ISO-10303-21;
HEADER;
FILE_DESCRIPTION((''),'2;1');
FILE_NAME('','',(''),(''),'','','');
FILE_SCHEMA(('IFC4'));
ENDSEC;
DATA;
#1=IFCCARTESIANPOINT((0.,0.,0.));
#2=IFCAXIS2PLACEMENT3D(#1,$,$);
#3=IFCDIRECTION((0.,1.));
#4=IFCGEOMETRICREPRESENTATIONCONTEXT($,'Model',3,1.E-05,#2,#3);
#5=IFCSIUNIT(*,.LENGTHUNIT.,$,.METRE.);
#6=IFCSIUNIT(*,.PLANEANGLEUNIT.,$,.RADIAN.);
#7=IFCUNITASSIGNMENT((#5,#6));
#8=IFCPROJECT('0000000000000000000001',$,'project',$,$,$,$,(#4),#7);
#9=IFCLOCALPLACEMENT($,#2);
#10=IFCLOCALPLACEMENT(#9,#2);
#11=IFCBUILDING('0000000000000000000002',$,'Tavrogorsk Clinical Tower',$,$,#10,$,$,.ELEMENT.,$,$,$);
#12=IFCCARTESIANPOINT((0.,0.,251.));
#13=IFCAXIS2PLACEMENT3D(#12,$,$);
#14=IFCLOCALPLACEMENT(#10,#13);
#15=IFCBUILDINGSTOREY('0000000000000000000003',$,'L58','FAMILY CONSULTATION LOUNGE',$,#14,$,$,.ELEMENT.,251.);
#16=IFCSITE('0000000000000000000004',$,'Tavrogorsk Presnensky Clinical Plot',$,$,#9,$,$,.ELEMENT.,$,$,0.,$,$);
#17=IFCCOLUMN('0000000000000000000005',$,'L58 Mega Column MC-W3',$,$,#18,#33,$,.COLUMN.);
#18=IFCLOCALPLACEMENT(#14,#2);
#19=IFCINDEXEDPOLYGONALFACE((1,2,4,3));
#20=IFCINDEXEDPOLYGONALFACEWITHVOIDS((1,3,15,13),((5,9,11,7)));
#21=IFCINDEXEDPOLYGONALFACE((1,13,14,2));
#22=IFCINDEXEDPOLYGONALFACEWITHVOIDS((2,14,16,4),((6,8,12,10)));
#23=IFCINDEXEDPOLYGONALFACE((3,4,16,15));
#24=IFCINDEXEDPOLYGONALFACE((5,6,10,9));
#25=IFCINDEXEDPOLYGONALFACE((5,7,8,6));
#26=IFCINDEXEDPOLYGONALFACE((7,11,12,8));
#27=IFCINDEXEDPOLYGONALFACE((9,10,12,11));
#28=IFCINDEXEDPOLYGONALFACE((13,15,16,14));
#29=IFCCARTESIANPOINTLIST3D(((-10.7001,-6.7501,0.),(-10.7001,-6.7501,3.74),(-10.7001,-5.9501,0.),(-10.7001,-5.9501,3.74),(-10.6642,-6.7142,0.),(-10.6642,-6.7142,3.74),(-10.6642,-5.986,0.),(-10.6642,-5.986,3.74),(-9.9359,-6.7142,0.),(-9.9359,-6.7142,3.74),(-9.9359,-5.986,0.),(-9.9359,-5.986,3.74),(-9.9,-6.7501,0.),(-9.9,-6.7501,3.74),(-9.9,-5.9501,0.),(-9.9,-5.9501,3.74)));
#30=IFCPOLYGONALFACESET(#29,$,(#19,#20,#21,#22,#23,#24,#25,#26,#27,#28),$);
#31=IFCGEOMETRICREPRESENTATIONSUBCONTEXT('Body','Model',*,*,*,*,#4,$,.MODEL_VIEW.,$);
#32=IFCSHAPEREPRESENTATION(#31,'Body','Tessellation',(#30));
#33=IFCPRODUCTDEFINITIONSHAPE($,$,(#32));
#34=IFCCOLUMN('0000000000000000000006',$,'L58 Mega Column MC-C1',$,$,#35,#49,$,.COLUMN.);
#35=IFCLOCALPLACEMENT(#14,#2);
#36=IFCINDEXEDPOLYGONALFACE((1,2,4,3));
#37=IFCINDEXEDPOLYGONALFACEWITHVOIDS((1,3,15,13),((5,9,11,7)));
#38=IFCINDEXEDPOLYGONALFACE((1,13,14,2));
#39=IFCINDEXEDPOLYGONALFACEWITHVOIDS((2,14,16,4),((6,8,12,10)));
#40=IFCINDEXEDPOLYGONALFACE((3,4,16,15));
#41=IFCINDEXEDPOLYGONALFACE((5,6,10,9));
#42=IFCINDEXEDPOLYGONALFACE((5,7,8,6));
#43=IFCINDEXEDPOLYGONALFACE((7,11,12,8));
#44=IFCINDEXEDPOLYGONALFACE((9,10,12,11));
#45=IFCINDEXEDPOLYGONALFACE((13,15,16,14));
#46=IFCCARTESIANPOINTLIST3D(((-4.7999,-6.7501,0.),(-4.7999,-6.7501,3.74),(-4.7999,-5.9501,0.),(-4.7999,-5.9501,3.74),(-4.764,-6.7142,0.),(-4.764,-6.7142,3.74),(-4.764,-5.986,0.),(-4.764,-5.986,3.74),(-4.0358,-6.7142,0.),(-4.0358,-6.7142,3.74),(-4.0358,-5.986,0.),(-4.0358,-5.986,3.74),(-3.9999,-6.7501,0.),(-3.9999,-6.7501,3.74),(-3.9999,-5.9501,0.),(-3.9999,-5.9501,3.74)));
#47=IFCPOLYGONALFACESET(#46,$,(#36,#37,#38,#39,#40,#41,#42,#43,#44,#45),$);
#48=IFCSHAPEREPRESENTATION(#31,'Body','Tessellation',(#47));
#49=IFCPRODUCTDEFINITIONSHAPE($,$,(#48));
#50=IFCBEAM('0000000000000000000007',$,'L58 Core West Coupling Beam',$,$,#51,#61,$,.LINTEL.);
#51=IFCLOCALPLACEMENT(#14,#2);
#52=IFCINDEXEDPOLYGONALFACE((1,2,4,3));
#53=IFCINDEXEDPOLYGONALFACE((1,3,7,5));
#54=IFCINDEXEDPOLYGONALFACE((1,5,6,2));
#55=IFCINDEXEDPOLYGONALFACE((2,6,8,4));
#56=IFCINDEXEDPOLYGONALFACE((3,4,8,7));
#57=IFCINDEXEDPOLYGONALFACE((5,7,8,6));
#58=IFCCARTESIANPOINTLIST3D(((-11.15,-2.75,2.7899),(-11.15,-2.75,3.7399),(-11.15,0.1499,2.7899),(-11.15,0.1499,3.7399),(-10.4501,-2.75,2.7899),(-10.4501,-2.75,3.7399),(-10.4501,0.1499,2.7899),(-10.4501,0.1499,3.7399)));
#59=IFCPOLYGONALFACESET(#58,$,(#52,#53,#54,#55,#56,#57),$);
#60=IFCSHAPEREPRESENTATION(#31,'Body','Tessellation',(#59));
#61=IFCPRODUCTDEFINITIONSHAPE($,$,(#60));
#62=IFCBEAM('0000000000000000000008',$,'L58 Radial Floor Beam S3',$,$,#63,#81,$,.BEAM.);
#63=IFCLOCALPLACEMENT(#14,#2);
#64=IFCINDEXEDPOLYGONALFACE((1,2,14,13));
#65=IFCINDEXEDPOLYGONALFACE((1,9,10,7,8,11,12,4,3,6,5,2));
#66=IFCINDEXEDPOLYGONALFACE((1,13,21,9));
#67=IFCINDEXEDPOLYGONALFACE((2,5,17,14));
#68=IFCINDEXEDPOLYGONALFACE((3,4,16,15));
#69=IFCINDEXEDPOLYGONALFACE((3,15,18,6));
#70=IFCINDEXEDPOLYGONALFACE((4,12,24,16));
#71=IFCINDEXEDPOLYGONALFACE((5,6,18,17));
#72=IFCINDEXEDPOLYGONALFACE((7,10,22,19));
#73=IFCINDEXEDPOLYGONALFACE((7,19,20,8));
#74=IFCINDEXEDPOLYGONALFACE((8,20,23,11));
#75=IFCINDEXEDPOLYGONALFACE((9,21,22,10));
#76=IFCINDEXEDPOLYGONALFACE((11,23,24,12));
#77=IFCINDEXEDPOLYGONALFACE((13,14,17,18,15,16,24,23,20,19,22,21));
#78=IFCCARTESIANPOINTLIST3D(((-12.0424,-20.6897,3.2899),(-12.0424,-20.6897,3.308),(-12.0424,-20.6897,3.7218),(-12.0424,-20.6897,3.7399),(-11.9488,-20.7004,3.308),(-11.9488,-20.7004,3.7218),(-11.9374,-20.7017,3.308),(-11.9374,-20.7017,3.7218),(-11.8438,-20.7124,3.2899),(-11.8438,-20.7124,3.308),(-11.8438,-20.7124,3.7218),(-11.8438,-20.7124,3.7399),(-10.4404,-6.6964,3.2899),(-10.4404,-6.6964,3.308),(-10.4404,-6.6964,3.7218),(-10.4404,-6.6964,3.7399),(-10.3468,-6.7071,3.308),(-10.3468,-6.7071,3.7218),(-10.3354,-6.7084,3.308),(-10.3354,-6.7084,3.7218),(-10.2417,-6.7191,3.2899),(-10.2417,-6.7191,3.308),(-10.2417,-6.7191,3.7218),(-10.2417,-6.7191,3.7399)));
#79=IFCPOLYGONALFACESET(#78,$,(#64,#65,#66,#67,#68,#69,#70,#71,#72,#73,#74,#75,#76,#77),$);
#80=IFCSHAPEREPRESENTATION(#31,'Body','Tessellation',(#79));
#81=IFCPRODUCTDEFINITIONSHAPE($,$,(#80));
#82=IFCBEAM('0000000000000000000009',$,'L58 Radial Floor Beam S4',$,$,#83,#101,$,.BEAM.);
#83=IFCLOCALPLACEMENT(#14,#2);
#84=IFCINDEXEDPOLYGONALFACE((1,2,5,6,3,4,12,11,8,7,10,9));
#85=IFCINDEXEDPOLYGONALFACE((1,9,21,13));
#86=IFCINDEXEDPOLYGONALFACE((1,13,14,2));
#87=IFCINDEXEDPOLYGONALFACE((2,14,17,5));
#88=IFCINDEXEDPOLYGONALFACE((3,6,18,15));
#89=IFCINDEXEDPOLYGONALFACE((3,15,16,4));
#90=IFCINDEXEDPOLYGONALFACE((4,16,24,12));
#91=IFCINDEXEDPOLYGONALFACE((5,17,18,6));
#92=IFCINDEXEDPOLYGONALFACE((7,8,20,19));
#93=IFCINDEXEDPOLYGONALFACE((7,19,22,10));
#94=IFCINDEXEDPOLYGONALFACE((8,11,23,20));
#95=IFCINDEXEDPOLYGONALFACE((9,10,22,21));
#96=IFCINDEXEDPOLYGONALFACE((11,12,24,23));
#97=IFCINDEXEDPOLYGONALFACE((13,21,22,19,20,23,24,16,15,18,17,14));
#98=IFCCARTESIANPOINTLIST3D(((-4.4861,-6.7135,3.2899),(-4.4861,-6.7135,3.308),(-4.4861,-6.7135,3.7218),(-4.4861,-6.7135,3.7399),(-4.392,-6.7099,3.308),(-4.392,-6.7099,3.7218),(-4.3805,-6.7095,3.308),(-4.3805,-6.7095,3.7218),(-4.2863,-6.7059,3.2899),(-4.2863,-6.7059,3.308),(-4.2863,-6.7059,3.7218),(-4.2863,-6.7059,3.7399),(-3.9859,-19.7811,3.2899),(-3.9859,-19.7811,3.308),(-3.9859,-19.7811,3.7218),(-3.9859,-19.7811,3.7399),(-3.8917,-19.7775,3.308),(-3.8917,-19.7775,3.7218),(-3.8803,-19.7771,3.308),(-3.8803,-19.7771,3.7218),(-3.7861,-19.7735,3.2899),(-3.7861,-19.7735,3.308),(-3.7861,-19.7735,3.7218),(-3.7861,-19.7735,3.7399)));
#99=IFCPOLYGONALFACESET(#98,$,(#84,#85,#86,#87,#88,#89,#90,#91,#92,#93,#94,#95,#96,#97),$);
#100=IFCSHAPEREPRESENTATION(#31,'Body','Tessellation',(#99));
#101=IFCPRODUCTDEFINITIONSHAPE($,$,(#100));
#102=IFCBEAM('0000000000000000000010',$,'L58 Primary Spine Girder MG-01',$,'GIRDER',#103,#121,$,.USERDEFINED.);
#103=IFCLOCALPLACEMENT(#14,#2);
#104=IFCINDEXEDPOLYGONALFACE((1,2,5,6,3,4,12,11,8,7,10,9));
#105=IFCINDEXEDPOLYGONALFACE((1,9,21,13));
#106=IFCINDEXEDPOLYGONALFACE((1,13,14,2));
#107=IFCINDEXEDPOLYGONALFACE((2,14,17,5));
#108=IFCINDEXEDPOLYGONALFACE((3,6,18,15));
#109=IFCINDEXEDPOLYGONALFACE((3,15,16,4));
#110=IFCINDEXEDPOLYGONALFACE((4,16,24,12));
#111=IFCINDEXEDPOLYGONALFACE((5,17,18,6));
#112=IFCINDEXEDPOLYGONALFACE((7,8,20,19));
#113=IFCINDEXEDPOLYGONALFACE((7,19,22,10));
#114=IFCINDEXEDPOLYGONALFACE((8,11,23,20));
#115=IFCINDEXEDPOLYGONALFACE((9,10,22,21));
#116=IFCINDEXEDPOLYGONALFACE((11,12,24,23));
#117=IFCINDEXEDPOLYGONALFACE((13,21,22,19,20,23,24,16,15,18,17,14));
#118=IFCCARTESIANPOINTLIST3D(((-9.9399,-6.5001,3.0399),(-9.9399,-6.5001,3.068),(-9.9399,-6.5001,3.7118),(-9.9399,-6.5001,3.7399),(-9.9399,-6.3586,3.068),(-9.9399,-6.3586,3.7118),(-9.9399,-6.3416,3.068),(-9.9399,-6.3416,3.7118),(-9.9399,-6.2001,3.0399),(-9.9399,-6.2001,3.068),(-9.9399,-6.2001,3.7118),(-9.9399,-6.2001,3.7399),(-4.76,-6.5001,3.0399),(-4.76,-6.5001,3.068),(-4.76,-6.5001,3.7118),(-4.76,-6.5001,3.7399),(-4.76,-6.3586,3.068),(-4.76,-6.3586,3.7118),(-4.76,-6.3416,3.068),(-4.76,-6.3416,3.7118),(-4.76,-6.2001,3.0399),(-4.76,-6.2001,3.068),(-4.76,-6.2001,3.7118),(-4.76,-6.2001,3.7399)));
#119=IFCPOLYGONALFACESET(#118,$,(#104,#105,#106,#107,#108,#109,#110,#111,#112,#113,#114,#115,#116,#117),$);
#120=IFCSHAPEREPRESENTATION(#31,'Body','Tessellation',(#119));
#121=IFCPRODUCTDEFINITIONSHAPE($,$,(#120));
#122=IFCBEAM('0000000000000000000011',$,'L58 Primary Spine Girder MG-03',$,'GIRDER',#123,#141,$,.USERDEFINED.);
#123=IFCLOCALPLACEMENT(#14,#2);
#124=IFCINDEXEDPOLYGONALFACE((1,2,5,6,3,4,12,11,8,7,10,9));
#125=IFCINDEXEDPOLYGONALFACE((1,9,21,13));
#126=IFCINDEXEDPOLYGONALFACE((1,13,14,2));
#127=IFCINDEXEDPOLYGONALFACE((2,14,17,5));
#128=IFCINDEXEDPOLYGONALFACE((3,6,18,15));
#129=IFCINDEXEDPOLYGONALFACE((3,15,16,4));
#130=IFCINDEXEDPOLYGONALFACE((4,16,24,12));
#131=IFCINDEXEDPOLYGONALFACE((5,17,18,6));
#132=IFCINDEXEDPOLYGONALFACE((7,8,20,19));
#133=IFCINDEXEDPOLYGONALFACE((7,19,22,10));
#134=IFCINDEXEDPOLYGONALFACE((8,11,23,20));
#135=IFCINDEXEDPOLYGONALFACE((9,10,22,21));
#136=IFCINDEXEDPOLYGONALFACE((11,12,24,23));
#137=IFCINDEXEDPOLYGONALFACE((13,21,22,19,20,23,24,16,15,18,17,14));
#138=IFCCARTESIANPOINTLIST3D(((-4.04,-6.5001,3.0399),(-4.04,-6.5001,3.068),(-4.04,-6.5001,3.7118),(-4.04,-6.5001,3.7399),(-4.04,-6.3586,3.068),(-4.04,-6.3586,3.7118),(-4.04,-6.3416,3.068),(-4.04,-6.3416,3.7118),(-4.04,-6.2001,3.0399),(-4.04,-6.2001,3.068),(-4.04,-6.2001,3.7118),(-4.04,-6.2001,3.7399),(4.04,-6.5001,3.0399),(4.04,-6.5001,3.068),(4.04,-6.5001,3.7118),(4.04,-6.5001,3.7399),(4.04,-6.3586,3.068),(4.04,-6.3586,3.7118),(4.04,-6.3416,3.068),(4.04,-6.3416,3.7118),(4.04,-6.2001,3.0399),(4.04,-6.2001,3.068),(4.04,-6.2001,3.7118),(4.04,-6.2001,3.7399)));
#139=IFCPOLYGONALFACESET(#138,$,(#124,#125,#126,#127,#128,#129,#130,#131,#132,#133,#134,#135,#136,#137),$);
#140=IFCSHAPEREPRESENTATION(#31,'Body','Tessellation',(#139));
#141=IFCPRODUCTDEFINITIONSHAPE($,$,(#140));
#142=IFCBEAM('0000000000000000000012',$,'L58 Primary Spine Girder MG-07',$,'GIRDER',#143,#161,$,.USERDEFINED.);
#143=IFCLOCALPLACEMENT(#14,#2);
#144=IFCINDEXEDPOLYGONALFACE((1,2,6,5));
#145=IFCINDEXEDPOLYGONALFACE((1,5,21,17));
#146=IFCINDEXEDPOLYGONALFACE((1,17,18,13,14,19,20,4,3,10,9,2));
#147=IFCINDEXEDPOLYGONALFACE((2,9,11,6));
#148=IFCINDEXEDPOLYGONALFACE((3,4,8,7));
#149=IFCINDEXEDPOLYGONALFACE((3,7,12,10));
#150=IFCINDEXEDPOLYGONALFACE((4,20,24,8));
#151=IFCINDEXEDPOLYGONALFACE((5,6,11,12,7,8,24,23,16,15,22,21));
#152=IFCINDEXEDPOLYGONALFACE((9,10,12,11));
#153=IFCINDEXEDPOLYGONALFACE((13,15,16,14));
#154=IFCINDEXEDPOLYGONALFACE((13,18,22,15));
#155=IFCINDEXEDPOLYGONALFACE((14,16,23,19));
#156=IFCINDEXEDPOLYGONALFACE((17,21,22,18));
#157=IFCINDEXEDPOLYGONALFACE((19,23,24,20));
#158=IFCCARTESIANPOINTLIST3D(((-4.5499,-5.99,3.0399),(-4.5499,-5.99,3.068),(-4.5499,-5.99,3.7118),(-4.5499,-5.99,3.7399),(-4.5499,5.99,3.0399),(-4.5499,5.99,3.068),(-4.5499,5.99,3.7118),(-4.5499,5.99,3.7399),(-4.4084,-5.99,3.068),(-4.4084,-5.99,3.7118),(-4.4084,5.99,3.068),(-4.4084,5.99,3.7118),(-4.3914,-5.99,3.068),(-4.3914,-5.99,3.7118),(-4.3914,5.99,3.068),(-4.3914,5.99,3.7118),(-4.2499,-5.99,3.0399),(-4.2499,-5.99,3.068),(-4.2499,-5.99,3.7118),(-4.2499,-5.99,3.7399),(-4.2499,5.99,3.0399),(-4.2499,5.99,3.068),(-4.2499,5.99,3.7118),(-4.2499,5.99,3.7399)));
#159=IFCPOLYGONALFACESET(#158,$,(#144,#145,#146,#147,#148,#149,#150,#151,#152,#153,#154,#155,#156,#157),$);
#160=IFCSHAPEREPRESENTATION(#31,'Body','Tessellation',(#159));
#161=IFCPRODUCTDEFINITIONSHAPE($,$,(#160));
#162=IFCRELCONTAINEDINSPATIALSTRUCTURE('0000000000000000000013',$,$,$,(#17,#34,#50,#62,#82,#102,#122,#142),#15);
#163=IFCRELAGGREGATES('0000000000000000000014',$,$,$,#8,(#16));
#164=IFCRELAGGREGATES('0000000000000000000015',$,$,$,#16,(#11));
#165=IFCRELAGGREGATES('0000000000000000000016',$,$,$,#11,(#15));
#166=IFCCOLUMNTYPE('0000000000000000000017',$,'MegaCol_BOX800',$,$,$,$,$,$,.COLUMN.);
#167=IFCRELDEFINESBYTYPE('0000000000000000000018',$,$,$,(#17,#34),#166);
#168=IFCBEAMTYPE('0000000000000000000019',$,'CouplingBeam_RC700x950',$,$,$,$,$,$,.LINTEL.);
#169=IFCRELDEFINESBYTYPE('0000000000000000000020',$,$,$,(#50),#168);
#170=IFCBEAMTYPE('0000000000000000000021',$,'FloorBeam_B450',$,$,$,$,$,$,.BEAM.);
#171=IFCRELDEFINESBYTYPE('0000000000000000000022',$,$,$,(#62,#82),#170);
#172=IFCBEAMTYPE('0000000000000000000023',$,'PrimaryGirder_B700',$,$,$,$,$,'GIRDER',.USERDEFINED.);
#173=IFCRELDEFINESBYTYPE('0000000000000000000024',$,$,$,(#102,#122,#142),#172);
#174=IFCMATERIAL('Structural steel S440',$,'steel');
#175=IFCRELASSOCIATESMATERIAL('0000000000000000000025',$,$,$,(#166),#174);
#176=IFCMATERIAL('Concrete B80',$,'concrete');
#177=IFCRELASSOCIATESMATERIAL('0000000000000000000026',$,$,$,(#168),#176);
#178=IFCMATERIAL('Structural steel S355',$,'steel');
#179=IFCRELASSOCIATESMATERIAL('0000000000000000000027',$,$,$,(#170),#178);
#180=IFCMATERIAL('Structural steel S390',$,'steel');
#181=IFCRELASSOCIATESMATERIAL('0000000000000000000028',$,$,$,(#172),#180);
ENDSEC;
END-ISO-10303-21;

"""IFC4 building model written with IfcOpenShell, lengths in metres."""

from ifc_helpers import new_model, si_unit, direction, frame, origin, origin_2d, place, context, subcontext, project, spatial, rectangle, hollow_rectangle, i_section, extrude, material, material_profile, profile_set, type_object, element, save


model = new_model("IFC4")

# Units and contexts
model_context = context("Model", 3, precision=1e-05, world=origin(), true_north=direction((0.0, 1.0)))
body_context = subcontext(model_context, "Body", "Model", "MODEL_VIEW")
ifc_project = project(units=[si_unit("LENGTHUNIT", "METRE"), si_unit("PLANEANGLEUNIT", "RADIAN")], contexts=[model_context])

# Site, building, storey
site_placement = place(None, origin())
site = spatial("IfcSite", under=ifc_project, at=site_placement, Name="Tavrogorsk Presnensky Clinical Plot", CompositionType="ELEMENT", RefElevation=0.0)
building_placement = place(site_placement, origin())
building = spatial("IfcBuilding", under=site, at=building_placement, Name="Tavrogorsk Clinical Tower", CompositionType="ELEMENT")
storey_placement = place(building_placement, frame((0.0, 0.0, 251.0)))
storey = spatial("IfcBuildingStorey", under=building, at=storey_placement, Name="L58", Description="FAMILY CONSULTATION LOUNGE", CompositionType="ELEMENT", Elevation=251.0)

# Columns
ifc_material_1 = material(Name="Structural steel S440", Category="steel")
ifc_material_profile_1 = material_profile(ifc_material_1, hollow_rectangle(XDim=0.8, YDim=0.8, WallThickness=0.0359, at=origin_2d()), Name="BOX-800x800x36")
ifc_profile_set_1 = profile_set([ifc_material_profile_1], Name="Structural steel S440")
column_type = type_object("IfcColumnType", Name="MegaCol_BOX800", PredefinedType="COLUMN", material=ifc_profile_set_1)
for number, where, z_axis, x_axis, name in (
    (1, (-10.3, -6.3501, 0.0), (0.0, 0.0, 1.0), (1.0, 0.0, 0.0), "L58 Mega Column MC-W3"),
    (2, (-4.3999, -6.3501, 0.0), (0.0, 0.0, 1.0), (1.0, 0.0, 0.0), "L58 Mega Column MC-C1"),
):
    element("IfcColumn", number, at=place(storey_placement, frame(where, z_axis=z_axis, x_axis=x_axis)), inside=storey, type_object=column_type, Name=name, PredefinedType="COLUMN", context=body_context, shape_type="SweptSolid", body=[
        extrude(hollow_rectangle(XDim=0.8, YDim=0.8, WallThickness=0.0359, at=origin_2d()), origin(), (0.0, 0.0, 1.0), 3.74),
    ])

# Beams
ifc_material_2 = material(Name="Concrete B80", Category="concrete")
ifc_material_profile_2 = material_profile(ifc_material_2, rectangle(XDim=0.7, YDim=0.95, at=origin_2d()), Name="RC-CB-700x950")
ifc_profile_set_2 = profile_set([ifc_material_profile_2], Name="Concrete B80")
beam_type_1 = type_object("IfcBeamType", Name="CouplingBeam_RC700x950", PredefinedType="LINTEL", material=ifc_profile_set_2)
beam_1_placement = place(storey_placement, frame((-10.8, -2.75, 3.2649), z_axis=(0.0, 1.0, 0.0), x_axis=(-1.0, 0.0, 0.0)))
element("IfcBeam", 3, at=beam_1_placement, inside=storey, type_object=beam_type_1, Name="L58 Core West Coupling Beam", PredefinedType="LINTEL", context=body_context, shape_type="SweptSolid", body=[
    extrude(rectangle(XDim=0.7, YDim=0.95, at=origin_2d()), origin(), (0.0, 0.0, 1.0), 2.8999),
])
ifc_material_3 = material(Name="Structural steel S355", Category="steel")
ifc_material_profile_3 = material_profile(ifc_material_3, i_section(OverallWidth=0.2, OverallDepth=0.45, WebThickness=0.0115, FlangeThickness=0.0181, at=origin_2d()), Name="B-450x200x11.5x18")
ifc_profile_set_3 = profile_set([ifc_material_profile_3], Name="Structural steel S355")
beam_type_2 = type_object("IfcBeamType", Name="FloorBeam_B450", PredefinedType="BEAM", material=ifc_profile_set_3)
beam_2_placement = place(storey_placement, frame((-10.3411, -6.7078, 3.5149), z_axis=(-0.113743, -0.99351, 0.0), x_axis=(0.99351, -0.113743, 0.0)))
element("IfcBeam", 4, at=beam_2_placement, inside=storey, type_object=beam_type_2, Name="L58 Radial Floor Beam S3", PredefinedType="BEAM", context=body_context, shape_type="SweptSolid", body=[
    extrude(i_section(OverallWidth=0.2, OverallDepth=0.45, WebThickness=0.0115, FlangeThickness=0.0181, at=origin_2d()), origin(), (0.0, 0.0, 1.0), 14.0847),
])
beam_3_placement = place(storey_placement, frame((-4.3862, -6.7097, 3.5149), z_axis=(0.038253, -0.999268, 0.0), x_axis=(0.999268, 0.038253, 0.0)))
element("IfcBeam", 5, at=beam_3_placement, inside=storey, type_object=beam_type_2, Name="L58 Radial Floor Beam S4", PredefinedType="BEAM", context=body_context, shape_type="SweptSolid", body=[
    extrude(i_section(OverallWidth=0.2, OverallDepth=0.45, WebThickness=0.0115, FlangeThickness=0.0181, at=origin_2d()), origin(), (0.0, 0.0, 1.0), 13.0771),
])
ifc_material_4 = material(Name="Structural steel S390", Category="steel")
ifc_material_profile_4 = material_profile(ifc_material_4, i_section(OverallWidth=0.3, OverallDepth=0.7, WebThickness=0.0171, FlangeThickness=0.0281, at=origin_2d()), Name="B-700x300x17x28")
ifc_profile_set_4 = profile_set([ifc_material_profile_4], Name="Structural steel S390")
beam_type_3 = type_object("IfcBeamType", Name="PrimaryGirder_B700", ElementType="GIRDER", PredefinedType="USERDEFINED", material=ifc_profile_set_4)
beam_4_placement = place(storey_placement, frame((-9.9399, -6.3501, 3.3899), z_axis=(1.0, 0.0, 0.0), x_axis=(0.0, 1.0, 0.0)))
element("IfcBeam", 6, at=beam_4_placement, inside=storey, type_object=beam_type_3, Name="L58 Primary Spine Girder MG-01", ObjectType="GIRDER", PredefinedType="USERDEFINED", context=body_context, shape_type="SweptSolid", body=[
    extrude(i_section(OverallWidth=0.3, OverallDepth=0.7, WebThickness=0.0171, FlangeThickness=0.0281, at=origin_2d()), origin(), (0.0, 0.0, 1.0), 5.1799),
])
beam_5_placement = place(storey_placement, frame((-4.04, -6.3501, 3.3899), z_axis=(1.0, 0.0, 0.0), x_axis=(0.0, 1.0, 0.0)))
element("IfcBeam", 7, at=beam_5_placement, inside=storey, type_object=beam_type_3, Name="L58 Primary Spine Girder MG-03", ObjectType="GIRDER", PredefinedType="USERDEFINED", context=body_context, shape_type="SweptSolid", body=[
    extrude(i_section(OverallWidth=0.3, OverallDepth=0.7, WebThickness=0.0171, FlangeThickness=0.0281, at=origin_2d()), origin(), (0.0, 0.0, 1.0), 8.0801),
])
beam_6_placement = place(storey_placement, frame((-4.3999, -5.99, 3.3899), z_axis=(0.0, 1.0, 0.0), x_axis=(-1.0, 0.0, 0.0)))
element("IfcBeam", 8, at=beam_6_placement, inside=storey, type_object=beam_type_3, Name="L58 Primary Spine Girder MG-07", ObjectType="GIRDER", PredefinedType="USERDEFINED", context=body_context, shape_type="SweptSolid", body=[
    extrude(i_section(OverallWidth=0.3, OverallDepth=0.7, WebThickness=0.0171, FlangeThickness=0.0281, at=origin_2d()), origin(), (0.0, 0.0, 1.0), 11.98),
])

save(model, "model.ifc")
